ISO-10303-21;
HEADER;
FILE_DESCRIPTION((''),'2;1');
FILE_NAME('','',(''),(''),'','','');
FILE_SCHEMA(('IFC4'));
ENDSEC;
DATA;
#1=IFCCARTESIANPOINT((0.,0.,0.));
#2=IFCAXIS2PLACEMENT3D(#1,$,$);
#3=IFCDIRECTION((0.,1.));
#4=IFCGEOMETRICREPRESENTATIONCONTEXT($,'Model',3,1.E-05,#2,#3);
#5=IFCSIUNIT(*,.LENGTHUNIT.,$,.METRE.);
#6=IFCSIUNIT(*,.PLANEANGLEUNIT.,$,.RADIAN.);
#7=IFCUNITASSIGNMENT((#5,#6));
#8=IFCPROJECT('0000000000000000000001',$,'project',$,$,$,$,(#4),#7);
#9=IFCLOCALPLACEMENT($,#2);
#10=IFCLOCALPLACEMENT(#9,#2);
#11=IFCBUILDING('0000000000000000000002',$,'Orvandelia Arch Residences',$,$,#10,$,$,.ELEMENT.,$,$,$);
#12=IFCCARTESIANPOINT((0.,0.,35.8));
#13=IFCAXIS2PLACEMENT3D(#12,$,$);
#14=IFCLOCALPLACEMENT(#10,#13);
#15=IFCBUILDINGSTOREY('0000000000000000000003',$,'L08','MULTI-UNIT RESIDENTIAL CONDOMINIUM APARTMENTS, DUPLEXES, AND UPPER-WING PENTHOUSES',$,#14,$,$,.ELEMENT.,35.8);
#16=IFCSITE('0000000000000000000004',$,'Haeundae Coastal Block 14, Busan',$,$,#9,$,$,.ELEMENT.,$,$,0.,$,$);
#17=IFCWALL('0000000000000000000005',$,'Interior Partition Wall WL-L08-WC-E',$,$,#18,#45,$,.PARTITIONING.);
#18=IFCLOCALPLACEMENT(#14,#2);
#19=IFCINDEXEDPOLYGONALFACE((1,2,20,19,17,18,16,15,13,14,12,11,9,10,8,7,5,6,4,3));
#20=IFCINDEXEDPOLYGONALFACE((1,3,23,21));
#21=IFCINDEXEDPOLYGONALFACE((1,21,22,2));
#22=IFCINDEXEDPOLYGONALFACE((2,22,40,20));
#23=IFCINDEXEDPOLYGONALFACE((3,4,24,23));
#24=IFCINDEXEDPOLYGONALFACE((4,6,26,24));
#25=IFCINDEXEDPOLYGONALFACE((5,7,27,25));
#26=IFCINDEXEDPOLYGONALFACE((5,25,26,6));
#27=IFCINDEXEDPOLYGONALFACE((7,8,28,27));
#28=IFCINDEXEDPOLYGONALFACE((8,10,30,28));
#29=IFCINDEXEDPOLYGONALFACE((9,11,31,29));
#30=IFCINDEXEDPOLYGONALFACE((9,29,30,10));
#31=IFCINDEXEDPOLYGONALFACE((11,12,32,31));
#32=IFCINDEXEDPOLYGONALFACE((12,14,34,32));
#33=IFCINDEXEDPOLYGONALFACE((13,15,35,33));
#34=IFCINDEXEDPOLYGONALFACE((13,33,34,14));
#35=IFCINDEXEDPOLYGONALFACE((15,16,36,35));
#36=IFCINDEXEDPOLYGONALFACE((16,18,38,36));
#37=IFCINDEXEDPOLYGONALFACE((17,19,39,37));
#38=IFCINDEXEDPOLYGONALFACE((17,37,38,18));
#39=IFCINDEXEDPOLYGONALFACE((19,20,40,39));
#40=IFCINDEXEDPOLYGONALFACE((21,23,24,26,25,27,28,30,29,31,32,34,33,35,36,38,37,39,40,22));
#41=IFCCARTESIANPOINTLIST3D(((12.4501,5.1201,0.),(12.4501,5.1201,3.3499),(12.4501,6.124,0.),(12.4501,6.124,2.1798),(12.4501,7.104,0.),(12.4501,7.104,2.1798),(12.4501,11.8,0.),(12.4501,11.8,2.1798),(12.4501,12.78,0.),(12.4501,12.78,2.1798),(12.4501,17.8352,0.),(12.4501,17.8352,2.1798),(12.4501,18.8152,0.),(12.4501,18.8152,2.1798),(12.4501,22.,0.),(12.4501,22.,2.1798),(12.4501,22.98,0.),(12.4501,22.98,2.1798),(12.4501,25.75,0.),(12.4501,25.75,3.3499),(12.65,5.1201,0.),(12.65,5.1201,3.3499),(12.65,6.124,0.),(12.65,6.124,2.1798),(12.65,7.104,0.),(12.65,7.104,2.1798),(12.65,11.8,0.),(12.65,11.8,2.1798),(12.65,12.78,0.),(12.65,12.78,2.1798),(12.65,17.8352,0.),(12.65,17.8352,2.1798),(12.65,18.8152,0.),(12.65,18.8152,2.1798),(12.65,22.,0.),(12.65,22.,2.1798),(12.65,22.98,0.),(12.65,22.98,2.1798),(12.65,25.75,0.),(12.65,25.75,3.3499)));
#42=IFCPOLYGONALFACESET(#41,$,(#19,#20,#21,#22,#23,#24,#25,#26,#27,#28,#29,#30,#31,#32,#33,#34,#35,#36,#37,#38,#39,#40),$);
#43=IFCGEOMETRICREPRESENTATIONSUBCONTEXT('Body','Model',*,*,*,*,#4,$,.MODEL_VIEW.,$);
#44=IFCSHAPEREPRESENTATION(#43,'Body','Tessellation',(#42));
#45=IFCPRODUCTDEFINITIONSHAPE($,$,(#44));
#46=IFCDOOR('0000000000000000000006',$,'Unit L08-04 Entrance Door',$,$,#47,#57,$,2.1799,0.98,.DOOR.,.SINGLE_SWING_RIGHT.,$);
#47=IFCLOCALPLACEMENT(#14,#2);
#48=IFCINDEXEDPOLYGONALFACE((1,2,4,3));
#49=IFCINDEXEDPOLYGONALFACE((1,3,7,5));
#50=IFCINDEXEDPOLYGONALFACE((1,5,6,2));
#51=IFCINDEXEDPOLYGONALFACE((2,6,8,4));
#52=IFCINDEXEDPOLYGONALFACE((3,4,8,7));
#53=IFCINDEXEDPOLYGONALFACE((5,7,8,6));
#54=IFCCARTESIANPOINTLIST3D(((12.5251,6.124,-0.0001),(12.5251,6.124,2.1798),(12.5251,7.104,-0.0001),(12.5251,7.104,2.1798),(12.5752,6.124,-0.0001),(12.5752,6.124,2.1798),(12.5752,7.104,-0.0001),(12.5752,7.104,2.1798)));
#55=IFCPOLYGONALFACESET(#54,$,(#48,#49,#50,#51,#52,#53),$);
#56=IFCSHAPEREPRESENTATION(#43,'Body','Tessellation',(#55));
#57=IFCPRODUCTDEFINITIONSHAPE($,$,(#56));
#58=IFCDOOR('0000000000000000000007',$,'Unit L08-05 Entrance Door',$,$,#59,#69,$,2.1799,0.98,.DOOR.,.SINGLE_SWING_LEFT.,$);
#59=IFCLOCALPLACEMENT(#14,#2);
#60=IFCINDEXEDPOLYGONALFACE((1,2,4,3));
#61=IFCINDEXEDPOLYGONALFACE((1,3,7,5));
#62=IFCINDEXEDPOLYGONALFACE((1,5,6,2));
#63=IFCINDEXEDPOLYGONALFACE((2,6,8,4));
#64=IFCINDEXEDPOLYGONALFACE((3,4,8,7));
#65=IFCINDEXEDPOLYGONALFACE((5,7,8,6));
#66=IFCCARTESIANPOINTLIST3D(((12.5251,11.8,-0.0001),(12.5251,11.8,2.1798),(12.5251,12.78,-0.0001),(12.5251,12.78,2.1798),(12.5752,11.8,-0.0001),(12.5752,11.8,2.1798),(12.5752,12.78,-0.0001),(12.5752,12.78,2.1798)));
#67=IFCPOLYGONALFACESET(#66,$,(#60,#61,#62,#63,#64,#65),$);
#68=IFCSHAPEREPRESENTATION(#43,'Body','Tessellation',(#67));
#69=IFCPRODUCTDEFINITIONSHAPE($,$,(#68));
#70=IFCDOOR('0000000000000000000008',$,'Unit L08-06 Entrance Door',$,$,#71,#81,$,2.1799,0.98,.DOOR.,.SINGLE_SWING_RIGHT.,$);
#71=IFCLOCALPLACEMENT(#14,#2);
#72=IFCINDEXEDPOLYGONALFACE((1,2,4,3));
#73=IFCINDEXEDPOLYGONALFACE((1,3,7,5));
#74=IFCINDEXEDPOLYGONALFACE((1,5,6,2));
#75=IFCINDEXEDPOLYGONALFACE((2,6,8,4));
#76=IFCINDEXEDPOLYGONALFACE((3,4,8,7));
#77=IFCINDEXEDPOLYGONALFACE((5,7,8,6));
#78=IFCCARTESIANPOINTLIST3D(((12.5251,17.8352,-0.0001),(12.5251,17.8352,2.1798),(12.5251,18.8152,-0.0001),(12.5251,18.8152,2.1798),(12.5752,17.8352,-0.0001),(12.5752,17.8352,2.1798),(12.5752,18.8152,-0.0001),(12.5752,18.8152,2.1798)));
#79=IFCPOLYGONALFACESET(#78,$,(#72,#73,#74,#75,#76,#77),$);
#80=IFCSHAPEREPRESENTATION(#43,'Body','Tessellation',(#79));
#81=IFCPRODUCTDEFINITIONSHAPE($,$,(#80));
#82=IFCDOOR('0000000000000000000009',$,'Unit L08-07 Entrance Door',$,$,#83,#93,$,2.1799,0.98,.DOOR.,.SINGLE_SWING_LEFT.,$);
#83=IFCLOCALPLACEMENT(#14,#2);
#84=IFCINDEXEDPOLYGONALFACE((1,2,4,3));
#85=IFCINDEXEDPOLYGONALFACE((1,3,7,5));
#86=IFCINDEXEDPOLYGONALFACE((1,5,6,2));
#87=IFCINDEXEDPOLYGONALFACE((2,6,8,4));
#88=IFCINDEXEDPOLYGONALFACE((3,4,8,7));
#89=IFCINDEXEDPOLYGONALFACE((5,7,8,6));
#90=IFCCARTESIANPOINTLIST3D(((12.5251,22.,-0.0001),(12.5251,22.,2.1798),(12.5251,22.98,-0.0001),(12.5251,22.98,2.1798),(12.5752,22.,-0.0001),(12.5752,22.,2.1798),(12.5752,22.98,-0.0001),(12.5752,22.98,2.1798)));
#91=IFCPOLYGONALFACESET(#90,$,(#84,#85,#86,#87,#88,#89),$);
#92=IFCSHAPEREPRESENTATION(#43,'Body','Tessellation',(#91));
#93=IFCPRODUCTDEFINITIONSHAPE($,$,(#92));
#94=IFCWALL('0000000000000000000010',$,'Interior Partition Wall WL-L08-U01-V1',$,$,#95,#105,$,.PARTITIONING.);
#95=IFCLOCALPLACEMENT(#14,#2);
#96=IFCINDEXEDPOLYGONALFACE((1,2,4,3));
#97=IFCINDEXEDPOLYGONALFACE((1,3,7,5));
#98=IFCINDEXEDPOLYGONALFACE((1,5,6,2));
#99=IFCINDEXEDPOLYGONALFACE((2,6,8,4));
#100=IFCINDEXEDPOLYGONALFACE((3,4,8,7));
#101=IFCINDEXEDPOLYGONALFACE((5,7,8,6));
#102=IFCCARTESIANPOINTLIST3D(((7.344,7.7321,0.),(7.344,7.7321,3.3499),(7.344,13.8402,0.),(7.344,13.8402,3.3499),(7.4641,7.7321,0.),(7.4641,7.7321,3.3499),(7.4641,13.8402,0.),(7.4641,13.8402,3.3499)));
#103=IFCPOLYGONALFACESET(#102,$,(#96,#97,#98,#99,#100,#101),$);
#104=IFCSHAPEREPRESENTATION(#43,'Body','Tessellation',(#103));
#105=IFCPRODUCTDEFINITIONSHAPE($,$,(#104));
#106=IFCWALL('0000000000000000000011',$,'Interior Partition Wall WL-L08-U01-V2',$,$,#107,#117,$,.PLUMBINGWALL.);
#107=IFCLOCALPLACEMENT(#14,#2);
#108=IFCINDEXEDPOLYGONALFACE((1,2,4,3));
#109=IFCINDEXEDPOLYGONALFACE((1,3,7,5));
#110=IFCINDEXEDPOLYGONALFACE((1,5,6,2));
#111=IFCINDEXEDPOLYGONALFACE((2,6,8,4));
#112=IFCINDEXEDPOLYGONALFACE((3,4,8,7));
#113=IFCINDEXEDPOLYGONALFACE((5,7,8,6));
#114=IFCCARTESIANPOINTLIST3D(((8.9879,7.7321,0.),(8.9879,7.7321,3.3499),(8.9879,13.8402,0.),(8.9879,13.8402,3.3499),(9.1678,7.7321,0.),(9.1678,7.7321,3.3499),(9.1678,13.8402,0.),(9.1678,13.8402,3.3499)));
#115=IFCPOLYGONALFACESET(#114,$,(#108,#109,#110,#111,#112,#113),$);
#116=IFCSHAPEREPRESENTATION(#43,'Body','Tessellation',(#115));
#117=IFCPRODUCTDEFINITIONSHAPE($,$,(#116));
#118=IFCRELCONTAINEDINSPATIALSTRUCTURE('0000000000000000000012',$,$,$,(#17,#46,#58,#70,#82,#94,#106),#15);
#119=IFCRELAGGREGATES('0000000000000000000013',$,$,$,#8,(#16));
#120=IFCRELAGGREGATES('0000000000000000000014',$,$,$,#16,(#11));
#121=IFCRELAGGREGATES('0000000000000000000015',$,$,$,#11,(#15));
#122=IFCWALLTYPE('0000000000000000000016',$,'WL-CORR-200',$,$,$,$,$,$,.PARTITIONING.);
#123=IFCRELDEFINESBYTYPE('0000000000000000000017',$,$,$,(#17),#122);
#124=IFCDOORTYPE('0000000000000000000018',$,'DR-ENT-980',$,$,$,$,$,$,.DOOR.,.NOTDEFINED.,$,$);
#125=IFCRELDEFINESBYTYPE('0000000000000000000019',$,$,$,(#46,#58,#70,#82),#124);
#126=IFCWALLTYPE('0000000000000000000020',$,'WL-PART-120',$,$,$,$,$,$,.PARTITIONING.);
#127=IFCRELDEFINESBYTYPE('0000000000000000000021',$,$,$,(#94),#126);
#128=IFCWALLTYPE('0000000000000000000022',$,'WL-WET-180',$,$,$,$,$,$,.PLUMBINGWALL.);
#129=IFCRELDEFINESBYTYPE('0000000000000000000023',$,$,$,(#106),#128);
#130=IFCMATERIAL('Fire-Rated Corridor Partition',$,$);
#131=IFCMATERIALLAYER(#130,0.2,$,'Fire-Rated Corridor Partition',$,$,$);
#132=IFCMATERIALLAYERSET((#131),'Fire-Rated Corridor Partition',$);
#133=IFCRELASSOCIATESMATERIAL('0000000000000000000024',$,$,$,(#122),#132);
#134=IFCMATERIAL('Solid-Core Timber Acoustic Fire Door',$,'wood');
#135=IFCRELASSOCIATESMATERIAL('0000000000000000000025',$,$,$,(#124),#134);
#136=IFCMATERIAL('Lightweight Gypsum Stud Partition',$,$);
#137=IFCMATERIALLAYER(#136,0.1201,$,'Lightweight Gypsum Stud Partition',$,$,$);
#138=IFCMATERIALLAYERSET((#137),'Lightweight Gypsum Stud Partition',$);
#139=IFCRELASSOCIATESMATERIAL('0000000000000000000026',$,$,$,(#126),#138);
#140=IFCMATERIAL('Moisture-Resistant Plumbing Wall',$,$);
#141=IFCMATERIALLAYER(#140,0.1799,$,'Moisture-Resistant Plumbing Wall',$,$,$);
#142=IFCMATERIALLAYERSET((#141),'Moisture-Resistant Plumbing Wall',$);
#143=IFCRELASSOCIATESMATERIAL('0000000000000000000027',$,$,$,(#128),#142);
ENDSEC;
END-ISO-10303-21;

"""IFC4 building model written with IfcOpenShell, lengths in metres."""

from ifc_helpers import new_model, si_unit, direction, frame, frame_2d, origin, place, context, subcontext, project, spatial, rectangle, extrude, material, layer, layer_set, type_object, element, fill, save


model = new_model("IFC4")

# Units and contexts
model_context = context("Model", 3, precision=1e-05, world=origin(), true_north=direction((0.0, 1.0)))
body_context = subcontext(model_context, "Body", "Model", "MODEL_VIEW")
ifc_project = project(units=[si_unit("LENGTHUNIT", "METRE"), si_unit("PLANEANGLEUNIT", "RADIAN")], contexts=[model_context])

# Site, building, storey
site_placement = place(None, origin())
site = spatial("IfcSite", under=ifc_project, at=site_placement, Name="Haeundae Coastal Block 14, Busan", CompositionType="ELEMENT", RefElevation=0.0)
building_placement = place(site_placement, origin())
building = spatial("IfcBuilding", under=site, at=building_placement, Name="Orvandelia Arch Residences", CompositionType="ELEMENT")
storey_placement = place(building_placement, frame((0.0, 0.0, 35.8)))
storey = spatial("IfcBuildingStorey", under=building, at=storey_placement, Name="L08", Description="MULTI-UNIT RESIDENTIAL CONDOMINIUM APARTMENTS, DUPLEXES, AND UPPER-WING PENTHOUSES", CompositionType="ELEMENT", Elevation=35.8)

# Wall, openings, doors
ifc_material_1 = material(Name="Fire-Rated Corridor Partition")
ifc_layer_1 = layer(ifc_material_1, 0.2, Name="Fire-Rated Corridor Partition")
ifc_layer_set_1 = layer_set([ifc_layer_1], Name="Fire-Rated Corridor Partition")
wall_type_1 = type_object("IfcWallType", Name="WL-CORR-200", PredefinedType="PARTITIONING", material=ifc_layer_set_1)
ifc_material_2 = material(Name="Solid-Core Timber Acoustic Fire Door", Category="wood")
door_type_1 = type_object("IfcDoorType", Name="DR-ENT-980", OperationType="NOTDEFINED", PredefinedType="DOOR", material=ifc_material_2)
wall_1_placement = place(storey_placement, frame((12.55, 5.1201, 0.0), z_axis=(0.0, 0.0, 1.0), x_axis=(0.0, 1.0, 0.0)))
wall_1 = element("IfcWall", 1, at=wall_1_placement, inside=storey, type_object=wall_type_1, Name="Interior Partition Wall WL-L08-WC-E", PredefinedType="PARTITIONING", context=body_context, shape_type="SweptSolid", body=[
    extrude(rectangle(XDim=20.6299, YDim=0.2, at=frame_2d((10.3149, 0.0))), origin(), (0.0, 0.0, 1.0), 3.3499),
])
opening_1_placement = place(wall_1_placement, frame((1.0039, 0.0, 0.0)))
opening_1 = element("IfcOpeningElement", 2, at=opening_1_placement, cuts=wall_1, PredefinedType="OPENING", context=body_context, shape_type="SweptSolid", body=[
    extrude(rectangle(XDim=0.98, YDim=2.1799, at=frame_2d((0.49, 1.0898))), frame((0.0, 0.1099, 0.0), z_axis=(0.0, -1.0, 0.0), x_axis=(1.0, 0.0, 0.0)), (0.0, 0.0, 1.0), 0.22),
])
opening_2_placement = place(wall_1_placement, frame((6.6799, 0.0, 0.0)))
opening_2 = element("IfcOpeningElement", 3, at=opening_2_placement, cuts=wall_1, PredefinedType="OPENING", context=body_context, shape_type="SweptSolid", body=[
    extrude(rectangle(XDim=0.98, YDim=2.1799, at=frame_2d((0.49, 1.0898))), frame((0.0, 0.1099, 0.0), z_axis=(0.0, -1.0, 0.0), x_axis=(1.0, 0.0, 0.0)), (0.0, 0.0, 1.0), 0.22),
])
opening_3_placement = place(wall_1_placement, frame((12.7151, 0.0, 0.0)))
opening_3 = element("IfcOpeningElement", 4, at=opening_3_placement, cuts=wall_1, PredefinedType="OPENING", context=body_context, shape_type="SweptSolid", body=[
    extrude(rectangle(XDim=0.98, YDim=2.1799, at=frame_2d((0.49, 1.0898))), frame((0.0, 0.1099, 0.0), z_axis=(0.0, -1.0, 0.0), x_axis=(1.0, 0.0, 0.0)), (0.0, 0.0, 1.0), 0.22),
])
opening_4_placement = place(wall_1_placement, frame((16.8799, 0.0, 0.0)))
opening_4 = element("IfcOpeningElement", 5, at=opening_4_placement, cuts=wall_1, PredefinedType="OPENING", context=body_context, shape_type="SweptSolid", body=[
    extrude(rectangle(XDim=0.98, YDim=2.1799, at=frame_2d((0.49, 1.0898))), frame((0.0, 0.1099, 0.0), z_axis=(0.0, -1.0, 0.0), x_axis=(1.0, 0.0, 0.0)), (0.0, 0.0, 1.0), 0.22),
])
door_1_placement = place(opening_1_placement, origin())
door_1 = element("IfcDoor", 6, at=door_1_placement, inside=storey, type_object=door_type_1, Name="Unit L08-04 Entrance Door", OperationType="SINGLE_SWING_RIGHT", OverallHeight=2.1799, OverallWidth=0.98, PredefinedType="DOOR", context=body_context, shape_type="SweptSolid", body=[
    extrude(rectangle(XDim=0.98, YDim=2.1799, at=frame_2d((0.49, 1.0898))), frame((0.0, 0.0249, 0.0), z_axis=(0.0, -1.0, 0.0), x_axis=(1.0, 0.0, 0.0)), (0.0, 0.0, 1.0), 0.05),
])
fill(opening_1, door_1)
door_2_placement = place(opening_2_placement, origin())
door_2 = element("IfcDoor", 7, at=door_2_placement, inside=storey, type_object=door_type_1, Name="Unit L08-05 Entrance Door", OperationType="SINGLE_SWING_LEFT", OverallHeight=2.1799, OverallWidth=0.98, PredefinedType="DOOR", context=body_context, shape_type="SweptSolid", body=[
    extrude(rectangle(XDim=0.98, YDim=2.1799, at=frame_2d((0.49, 1.0898))), frame((0.0, 0.0249, 0.0), z_axis=(0.0, -1.0, 0.0), x_axis=(1.0, 0.0, 0.0)), (0.0, 0.0, 1.0), 0.05),
])
fill(opening_2, door_2)
door_3_placement = place(opening_3_placement, origin())
door_3 = element("IfcDoor", 8, at=door_3_placement, inside=storey, type_object=door_type_1, Name="Unit L08-06 Entrance Door", OperationType="SINGLE_SWING_RIGHT", OverallHeight=2.1799, OverallWidth=0.98, PredefinedType="DOOR", context=body_context, shape_type="SweptSolid", body=[
    extrude(rectangle(XDim=0.98, YDim=2.1799, at=frame_2d((0.49, 1.0898))), frame((0.0, 0.0249, 0.0), z_axis=(0.0, -1.0, 0.0), x_axis=(1.0, 0.0, 0.0)), (0.0, 0.0, 1.0), 0.05),
])
fill(opening_3, door_3)
door_4_placement = place(opening_4_placement, origin())
door_4 = element("IfcDoor", 9, at=door_4_placement, inside=storey, type_object=door_type_1, Name="Unit L08-07 Entrance Door", OperationType="SINGLE_SWING_LEFT", OverallHeight=2.1799, OverallWidth=0.98, PredefinedType="DOOR", context=body_context, shape_type="SweptSolid", body=[
    extrude(rectangle(XDim=0.98, YDim=2.1799, at=frame_2d((0.49, 1.0898))), frame((0.0, 0.0249, 0.0), z_axis=(0.0, -1.0, 0.0), x_axis=(1.0, 0.0, 0.0)), (0.0, 0.0, 1.0), 0.05),
])
fill(opening_4, door_4)

# Walls
ifc_material_3 = material(Name="Lightweight Gypsum Stud Partition")
ifc_layer_2 = layer(ifc_material_3, 0.1201, Name="Lightweight Gypsum Stud Partition")
ifc_layer_set_2 = layer_set([ifc_layer_2], Name="Lightweight Gypsum Stud Partition")
wall_type_2 = type_object("IfcWallType", Name="WL-PART-120", PredefinedType="PARTITIONING", material=ifc_layer_set_2)
wall_2_placement = place(storey_placement, frame((7.4041, 7.7319, 0.0), z_axis=(0.0, 0.0, 1.0), x_axis=(0.0, 1.0, 0.0)))
element("IfcWall", 10, at=wall_2_placement, inside=storey, type_object=wall_type_2, Name="Interior Partition Wall WL-L08-U01-V1", PredefinedType="PARTITIONING", context=body_context, shape_type="SweptSolid", body=[
    extrude(rectangle(XDim=6.1082, YDim=0.1201, at=frame_2d((3.0542, 0.0))), origin(), (0.0, 0.0, 1.0), 3.3499),
])
ifc_material_4 = material(Name="Moisture-Resistant Plumbing Wall")
ifc_layer_3 = layer(ifc_material_4, 0.1799, Name="Moisture-Resistant Plumbing Wall")
ifc_layer_set_3 = layer_set([ifc_layer_3], Name="Moisture-Resistant Plumbing Wall")
wall_type_3 = type_object("IfcWallType", Name="WL-WET-180", PredefinedType="PLUMBINGWALL", material=ifc_layer_set_3)
wall_3_placement = place(storey_placement, frame((9.0779, 7.7319, 0.0), z_axis=(0.0, 0.0, 1.0), x_axis=(0.0, 1.0, 0.0)))
element("IfcWall", 11, at=wall_3_placement, inside=storey, type_object=wall_type_3, Name="Interior Partition Wall WL-L08-U01-V2", PredefinedType="PLUMBINGWALL", context=body_context, shape_type="SweptSolid", body=[
    extrude(rectangle(XDim=6.1082, YDim=0.1799, at=frame_2d((3.0542, 0.0))), origin(), (0.0, 0.0, 1.0), 3.3499),
])

save(model, "model.ifc")
